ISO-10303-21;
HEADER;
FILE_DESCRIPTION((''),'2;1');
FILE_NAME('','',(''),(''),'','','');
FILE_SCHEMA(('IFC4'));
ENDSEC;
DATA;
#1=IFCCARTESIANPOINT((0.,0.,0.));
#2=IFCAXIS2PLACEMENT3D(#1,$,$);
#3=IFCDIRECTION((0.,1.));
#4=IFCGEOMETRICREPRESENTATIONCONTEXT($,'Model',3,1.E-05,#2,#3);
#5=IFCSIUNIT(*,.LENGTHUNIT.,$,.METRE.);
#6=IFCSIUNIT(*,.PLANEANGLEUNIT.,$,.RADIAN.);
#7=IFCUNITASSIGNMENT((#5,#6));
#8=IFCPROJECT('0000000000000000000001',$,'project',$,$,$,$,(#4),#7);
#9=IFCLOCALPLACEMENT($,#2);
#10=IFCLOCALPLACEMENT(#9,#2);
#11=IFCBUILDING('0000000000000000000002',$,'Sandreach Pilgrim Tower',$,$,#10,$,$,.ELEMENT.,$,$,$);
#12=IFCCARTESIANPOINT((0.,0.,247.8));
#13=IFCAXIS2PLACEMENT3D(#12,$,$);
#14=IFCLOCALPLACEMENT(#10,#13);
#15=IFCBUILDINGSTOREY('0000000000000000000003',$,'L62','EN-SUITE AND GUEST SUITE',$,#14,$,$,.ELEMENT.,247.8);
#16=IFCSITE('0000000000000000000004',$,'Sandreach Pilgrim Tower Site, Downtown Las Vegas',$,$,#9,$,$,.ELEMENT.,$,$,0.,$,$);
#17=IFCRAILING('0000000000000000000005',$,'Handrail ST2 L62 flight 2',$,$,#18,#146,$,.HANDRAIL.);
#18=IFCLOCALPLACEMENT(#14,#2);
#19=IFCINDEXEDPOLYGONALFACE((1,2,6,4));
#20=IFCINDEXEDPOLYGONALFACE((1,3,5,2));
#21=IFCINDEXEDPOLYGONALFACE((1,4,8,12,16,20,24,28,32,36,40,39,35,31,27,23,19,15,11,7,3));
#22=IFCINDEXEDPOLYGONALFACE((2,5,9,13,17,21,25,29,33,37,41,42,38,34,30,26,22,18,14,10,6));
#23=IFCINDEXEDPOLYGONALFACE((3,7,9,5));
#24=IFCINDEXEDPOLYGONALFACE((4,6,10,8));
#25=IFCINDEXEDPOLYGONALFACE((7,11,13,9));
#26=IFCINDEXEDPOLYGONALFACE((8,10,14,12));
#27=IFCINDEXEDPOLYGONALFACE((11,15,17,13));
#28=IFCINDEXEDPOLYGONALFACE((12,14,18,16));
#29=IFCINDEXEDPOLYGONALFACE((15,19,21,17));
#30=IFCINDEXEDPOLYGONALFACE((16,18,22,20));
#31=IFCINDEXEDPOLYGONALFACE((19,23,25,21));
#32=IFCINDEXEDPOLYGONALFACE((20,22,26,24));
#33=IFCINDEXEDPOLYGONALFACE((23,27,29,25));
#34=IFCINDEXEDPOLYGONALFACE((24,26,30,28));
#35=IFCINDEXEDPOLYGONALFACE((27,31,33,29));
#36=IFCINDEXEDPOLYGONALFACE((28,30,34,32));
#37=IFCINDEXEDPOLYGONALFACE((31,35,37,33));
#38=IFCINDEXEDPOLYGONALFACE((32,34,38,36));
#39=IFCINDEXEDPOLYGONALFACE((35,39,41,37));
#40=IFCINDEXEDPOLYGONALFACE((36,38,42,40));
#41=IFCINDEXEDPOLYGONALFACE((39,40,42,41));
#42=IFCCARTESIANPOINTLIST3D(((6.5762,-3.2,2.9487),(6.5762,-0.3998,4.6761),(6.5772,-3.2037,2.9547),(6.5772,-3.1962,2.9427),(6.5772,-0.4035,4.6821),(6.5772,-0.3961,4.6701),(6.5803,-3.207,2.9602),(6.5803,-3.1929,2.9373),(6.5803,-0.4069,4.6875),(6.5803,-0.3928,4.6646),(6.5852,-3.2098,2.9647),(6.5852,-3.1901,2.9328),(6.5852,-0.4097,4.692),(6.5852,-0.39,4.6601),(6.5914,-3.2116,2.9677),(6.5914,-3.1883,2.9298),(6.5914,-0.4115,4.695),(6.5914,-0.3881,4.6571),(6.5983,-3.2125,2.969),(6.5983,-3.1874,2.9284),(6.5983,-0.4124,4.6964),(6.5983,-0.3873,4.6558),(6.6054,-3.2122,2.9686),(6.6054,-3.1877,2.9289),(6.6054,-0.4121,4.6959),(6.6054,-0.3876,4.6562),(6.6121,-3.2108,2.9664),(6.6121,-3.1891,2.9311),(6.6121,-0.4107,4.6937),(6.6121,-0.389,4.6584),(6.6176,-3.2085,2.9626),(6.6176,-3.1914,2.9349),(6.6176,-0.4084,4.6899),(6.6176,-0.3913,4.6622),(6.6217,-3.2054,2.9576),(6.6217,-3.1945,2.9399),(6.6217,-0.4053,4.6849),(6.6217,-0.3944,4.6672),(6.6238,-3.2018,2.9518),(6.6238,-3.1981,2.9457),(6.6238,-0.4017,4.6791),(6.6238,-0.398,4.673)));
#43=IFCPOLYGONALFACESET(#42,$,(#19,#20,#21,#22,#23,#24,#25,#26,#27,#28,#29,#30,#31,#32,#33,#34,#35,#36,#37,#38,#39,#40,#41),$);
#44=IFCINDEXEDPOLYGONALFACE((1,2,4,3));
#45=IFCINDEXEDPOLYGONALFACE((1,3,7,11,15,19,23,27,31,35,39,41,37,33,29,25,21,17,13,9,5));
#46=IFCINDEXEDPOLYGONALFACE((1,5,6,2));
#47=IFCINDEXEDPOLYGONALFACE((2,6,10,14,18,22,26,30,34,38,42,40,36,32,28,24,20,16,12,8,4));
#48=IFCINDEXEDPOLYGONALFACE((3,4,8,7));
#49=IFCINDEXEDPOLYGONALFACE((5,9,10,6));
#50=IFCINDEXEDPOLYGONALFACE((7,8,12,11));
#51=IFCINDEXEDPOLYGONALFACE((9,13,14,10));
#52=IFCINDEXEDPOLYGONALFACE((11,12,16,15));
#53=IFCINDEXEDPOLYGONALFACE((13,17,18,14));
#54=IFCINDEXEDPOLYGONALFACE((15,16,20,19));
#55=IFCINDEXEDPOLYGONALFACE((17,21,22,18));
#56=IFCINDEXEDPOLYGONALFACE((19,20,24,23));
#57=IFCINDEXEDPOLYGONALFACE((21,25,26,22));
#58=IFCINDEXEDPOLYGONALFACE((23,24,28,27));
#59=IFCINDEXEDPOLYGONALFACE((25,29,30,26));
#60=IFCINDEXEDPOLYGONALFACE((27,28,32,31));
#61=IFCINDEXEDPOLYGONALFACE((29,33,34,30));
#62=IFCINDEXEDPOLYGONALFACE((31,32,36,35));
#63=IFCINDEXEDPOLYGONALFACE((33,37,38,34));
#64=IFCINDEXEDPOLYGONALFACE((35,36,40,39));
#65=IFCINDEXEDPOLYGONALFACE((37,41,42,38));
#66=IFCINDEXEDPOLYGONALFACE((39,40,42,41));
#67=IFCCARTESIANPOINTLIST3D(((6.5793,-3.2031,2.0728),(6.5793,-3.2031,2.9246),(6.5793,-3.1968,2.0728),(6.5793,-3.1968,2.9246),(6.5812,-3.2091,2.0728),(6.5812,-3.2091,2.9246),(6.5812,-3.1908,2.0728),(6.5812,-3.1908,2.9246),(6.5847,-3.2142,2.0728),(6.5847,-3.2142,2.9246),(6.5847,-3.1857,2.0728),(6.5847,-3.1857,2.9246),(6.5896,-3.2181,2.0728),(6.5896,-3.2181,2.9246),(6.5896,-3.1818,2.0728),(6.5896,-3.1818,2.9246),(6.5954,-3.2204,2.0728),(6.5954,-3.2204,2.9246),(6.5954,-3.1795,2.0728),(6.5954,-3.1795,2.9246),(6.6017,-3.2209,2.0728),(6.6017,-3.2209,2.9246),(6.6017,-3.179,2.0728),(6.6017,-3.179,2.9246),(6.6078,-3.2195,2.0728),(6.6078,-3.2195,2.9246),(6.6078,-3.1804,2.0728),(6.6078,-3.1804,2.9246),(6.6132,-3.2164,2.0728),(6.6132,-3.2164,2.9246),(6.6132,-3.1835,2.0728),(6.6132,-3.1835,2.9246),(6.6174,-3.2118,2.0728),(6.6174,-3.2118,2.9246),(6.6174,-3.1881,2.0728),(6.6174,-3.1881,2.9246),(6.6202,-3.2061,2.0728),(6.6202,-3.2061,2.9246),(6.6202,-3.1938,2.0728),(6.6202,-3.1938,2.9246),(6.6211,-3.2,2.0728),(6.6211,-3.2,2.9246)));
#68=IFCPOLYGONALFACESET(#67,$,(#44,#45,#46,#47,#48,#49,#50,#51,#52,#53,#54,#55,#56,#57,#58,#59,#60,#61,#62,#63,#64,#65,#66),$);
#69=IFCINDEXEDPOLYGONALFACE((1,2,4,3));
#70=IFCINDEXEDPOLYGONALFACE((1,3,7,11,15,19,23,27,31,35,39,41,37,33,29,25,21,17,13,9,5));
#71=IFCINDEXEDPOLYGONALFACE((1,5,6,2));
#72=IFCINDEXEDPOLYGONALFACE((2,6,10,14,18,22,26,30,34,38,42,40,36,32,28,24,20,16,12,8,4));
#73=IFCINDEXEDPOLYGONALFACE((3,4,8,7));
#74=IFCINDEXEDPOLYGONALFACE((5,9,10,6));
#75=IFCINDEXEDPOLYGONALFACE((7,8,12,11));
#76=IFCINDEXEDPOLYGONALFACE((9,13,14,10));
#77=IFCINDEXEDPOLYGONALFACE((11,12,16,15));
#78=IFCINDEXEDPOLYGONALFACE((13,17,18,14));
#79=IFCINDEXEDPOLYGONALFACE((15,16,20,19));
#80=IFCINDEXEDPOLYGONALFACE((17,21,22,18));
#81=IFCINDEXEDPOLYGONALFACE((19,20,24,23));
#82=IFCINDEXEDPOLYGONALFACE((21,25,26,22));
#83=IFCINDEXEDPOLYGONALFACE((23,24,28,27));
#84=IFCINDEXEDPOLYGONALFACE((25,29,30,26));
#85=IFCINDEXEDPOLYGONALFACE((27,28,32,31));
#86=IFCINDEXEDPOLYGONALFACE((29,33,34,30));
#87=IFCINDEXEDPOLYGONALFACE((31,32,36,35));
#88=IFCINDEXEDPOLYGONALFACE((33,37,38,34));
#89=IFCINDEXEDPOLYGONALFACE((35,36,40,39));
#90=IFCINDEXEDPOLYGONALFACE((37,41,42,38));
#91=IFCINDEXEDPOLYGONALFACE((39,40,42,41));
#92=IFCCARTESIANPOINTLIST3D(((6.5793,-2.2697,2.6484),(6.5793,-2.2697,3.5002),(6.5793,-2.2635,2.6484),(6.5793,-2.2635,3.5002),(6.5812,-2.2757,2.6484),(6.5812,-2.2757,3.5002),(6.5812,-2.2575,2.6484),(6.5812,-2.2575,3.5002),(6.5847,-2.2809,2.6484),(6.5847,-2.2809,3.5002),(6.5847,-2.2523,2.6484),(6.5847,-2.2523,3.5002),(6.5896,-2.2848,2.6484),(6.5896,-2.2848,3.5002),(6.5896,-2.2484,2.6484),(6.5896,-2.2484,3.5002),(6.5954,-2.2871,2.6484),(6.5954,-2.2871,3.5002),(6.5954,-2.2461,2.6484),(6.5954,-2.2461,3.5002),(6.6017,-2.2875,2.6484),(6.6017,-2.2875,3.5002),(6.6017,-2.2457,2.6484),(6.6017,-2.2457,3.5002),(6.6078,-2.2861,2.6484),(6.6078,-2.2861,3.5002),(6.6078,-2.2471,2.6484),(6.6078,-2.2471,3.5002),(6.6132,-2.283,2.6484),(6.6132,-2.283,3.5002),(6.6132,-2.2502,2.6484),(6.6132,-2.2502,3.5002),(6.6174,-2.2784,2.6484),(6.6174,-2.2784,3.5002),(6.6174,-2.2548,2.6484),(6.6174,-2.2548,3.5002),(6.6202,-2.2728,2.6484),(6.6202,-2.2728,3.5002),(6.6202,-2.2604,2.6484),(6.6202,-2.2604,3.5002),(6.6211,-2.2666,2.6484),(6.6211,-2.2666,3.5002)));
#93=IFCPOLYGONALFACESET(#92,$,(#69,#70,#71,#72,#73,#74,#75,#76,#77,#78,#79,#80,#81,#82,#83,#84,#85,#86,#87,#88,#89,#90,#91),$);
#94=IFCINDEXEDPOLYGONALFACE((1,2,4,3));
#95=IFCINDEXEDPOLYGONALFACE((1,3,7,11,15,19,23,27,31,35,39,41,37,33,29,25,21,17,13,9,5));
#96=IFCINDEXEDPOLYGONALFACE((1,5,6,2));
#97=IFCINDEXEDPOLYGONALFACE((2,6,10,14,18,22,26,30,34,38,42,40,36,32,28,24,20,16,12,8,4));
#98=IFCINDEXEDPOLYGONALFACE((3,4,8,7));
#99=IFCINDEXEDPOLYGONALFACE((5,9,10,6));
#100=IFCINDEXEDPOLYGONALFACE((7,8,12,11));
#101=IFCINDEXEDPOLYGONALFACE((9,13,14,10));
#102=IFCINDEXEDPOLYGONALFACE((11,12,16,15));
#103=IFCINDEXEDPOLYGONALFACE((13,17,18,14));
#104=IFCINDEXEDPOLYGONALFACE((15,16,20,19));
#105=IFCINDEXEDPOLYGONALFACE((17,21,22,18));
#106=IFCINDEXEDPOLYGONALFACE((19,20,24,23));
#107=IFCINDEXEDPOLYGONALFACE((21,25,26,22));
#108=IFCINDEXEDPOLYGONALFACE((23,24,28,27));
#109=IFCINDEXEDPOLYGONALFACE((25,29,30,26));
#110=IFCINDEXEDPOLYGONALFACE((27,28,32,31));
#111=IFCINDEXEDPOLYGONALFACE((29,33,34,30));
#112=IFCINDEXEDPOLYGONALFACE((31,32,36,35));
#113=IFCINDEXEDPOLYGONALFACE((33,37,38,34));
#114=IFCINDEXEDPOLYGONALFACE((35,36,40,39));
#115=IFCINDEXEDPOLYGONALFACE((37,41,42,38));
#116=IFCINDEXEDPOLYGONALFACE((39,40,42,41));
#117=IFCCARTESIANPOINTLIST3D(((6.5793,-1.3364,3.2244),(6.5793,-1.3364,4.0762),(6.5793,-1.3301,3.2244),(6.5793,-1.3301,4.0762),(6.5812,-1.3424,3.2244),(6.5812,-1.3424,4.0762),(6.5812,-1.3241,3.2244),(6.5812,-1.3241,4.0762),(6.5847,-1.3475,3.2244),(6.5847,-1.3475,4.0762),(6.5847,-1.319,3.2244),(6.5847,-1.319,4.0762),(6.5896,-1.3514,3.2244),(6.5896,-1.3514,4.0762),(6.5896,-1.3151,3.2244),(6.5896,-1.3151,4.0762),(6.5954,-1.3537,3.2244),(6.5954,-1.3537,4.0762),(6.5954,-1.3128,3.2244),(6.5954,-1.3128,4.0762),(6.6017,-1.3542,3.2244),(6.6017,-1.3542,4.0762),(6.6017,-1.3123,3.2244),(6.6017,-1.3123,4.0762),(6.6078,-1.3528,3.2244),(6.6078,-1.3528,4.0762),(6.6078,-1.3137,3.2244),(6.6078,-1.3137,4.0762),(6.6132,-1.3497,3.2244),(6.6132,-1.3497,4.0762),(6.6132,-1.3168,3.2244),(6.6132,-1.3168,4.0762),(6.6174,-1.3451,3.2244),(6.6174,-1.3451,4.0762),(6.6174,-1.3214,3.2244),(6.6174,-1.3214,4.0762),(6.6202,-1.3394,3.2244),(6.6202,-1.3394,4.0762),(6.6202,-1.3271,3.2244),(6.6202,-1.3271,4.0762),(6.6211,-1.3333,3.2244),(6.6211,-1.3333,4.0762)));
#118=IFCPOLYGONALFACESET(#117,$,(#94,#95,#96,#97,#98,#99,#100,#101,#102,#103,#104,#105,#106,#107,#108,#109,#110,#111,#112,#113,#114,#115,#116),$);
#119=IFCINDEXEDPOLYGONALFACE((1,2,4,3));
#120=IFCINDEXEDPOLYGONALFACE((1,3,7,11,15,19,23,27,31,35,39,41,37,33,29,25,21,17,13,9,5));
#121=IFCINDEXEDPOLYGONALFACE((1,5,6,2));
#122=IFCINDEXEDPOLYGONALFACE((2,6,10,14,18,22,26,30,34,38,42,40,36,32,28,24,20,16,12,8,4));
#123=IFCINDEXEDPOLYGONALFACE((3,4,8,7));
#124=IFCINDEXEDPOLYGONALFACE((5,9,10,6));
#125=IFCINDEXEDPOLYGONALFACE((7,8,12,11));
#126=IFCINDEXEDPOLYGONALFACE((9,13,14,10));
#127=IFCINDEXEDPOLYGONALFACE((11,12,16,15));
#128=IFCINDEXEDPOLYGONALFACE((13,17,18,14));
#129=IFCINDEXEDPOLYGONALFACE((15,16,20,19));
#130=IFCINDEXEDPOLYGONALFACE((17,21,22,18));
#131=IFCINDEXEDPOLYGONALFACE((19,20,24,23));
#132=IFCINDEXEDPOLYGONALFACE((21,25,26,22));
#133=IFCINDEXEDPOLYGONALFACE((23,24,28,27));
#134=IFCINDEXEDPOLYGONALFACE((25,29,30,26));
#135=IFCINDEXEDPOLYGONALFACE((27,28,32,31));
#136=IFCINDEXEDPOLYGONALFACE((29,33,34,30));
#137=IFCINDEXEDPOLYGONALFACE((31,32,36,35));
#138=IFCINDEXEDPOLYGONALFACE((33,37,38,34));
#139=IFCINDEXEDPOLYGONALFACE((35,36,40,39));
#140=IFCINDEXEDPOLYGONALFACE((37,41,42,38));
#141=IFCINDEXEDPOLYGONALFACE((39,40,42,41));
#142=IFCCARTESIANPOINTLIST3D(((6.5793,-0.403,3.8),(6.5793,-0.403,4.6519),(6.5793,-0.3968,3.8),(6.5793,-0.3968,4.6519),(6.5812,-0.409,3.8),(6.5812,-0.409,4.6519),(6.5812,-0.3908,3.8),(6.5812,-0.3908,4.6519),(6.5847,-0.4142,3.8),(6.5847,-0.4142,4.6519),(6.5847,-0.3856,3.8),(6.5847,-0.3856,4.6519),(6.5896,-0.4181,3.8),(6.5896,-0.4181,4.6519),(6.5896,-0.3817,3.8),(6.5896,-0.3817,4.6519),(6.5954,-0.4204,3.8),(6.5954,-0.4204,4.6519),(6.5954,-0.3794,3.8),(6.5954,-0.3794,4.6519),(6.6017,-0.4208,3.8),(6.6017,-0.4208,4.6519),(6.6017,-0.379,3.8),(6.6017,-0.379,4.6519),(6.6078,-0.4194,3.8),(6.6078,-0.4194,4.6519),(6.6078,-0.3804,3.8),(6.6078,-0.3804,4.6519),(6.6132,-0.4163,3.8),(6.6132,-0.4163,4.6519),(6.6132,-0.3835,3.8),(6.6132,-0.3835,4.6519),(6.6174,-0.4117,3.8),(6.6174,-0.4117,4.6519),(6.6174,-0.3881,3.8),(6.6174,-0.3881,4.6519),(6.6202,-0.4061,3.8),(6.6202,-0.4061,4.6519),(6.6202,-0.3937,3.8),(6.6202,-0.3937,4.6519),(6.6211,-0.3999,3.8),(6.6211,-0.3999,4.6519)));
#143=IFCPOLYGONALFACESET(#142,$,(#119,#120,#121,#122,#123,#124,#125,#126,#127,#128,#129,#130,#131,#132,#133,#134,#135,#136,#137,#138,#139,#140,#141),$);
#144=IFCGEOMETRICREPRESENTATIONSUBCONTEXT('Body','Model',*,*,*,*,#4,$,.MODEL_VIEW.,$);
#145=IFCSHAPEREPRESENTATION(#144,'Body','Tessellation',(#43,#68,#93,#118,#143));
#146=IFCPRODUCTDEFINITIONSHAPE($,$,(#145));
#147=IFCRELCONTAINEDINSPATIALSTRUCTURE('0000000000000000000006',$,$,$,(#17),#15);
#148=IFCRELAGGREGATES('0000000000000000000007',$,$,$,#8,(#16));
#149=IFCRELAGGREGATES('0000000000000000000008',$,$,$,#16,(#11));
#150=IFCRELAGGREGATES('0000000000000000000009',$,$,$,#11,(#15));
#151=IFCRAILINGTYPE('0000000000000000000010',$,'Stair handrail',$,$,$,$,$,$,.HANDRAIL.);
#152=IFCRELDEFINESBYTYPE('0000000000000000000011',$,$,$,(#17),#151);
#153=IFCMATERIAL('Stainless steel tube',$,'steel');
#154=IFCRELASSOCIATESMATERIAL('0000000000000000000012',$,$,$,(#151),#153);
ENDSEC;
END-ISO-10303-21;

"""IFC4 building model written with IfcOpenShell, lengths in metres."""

from ifc_helpers import new_model, si_unit, direction, frame, origin, origin_2d, place, context, subcontext, project, spatial, circle, extrude, material, type_object, element, save


model = new_model("IFC4")

# Units and contexts
model_context = context("Model", 3, precision=1e-05, world=origin(), true_north=direction((0.0, 1.0)))
body_context = subcontext(model_context, "Body", "Model", "MODEL_VIEW")
ifc_project = project(units=[si_unit("LENGTHUNIT", "METRE"), si_unit("PLANEANGLEUNIT", "RADIAN")], contexts=[model_context])

# Site, building, storey
site_placement = place(None, origin())
site = spatial("IfcSite", under=ifc_project, at=site_placement, Name="Sandreach Pilgrim Tower Site, Downtown Las Vegas", CompositionType="ELEMENT", RefElevation=0.0)
building_placement = place(site_placement, origin())
building = spatial("IfcBuilding", under=site, at=building_placement, Name="Sandreach Pilgrim Tower", CompositionType="ELEMENT")
storey_placement = place(building_placement, frame((0.0, 0.0, 247.8)))
storey = spatial("IfcBuildingStorey", under=building, at=storey_placement, Name="L62", Description="EN-SUITE AND GUEST SUITE", CompositionType="ELEMENT", Elevation=247.8)

# Railing
ifc_material_1 = material(Name="Stainless steel tube", Category="steel")
railing_type = type_object("IfcRailingType", Name="Stair handrail", PredefinedType="HANDRAIL", material=ifc_material_1)
for number, where, name in (
    (1, (6.6001, -3.2, 2.0728), "Handrail ST2 L62 flight 2"),
):
    element("IfcRailing", number, at=place(storey_placement, frame(where)), inside=storey, type_object=railing_type, Name=name, PredefinedType="HANDRAIL", context=body_context, shape_type="SweptSolid", body=[
        extrude(circle(Radius=0.0239, at=origin_2d()), frame((0.0, 0.0, 0.876), z_axis=(0.0, 0.85109, 0.52502), x_axis=(-1.0, 0.0, 0.0)), (0.0, 0.0, 1.0), 3.29),
        extrude(circle(Radius=0.021, at=origin_2d()), origin(), (0.0, 0.0, 1.0), 0.8518),
        extrude(circle(Radius=0.021, at=origin_2d()), frame((0.0, 0.9333, 0.5757)), (0.0, 0.0, 1.0), 0.8518),
        extrude(circle(Radius=0.021, at=origin_2d()), frame((0.0, 1.8667, 1.1516)), (0.0, 0.0, 1.0), 0.8518),
        extrude(circle(Radius=0.021, at=origin_2d()), frame((0.0, 2.8, 1.7273)), (0.0, 0.0, 1.0), 0.8518),
    ])

save(model, "model.ifc")
